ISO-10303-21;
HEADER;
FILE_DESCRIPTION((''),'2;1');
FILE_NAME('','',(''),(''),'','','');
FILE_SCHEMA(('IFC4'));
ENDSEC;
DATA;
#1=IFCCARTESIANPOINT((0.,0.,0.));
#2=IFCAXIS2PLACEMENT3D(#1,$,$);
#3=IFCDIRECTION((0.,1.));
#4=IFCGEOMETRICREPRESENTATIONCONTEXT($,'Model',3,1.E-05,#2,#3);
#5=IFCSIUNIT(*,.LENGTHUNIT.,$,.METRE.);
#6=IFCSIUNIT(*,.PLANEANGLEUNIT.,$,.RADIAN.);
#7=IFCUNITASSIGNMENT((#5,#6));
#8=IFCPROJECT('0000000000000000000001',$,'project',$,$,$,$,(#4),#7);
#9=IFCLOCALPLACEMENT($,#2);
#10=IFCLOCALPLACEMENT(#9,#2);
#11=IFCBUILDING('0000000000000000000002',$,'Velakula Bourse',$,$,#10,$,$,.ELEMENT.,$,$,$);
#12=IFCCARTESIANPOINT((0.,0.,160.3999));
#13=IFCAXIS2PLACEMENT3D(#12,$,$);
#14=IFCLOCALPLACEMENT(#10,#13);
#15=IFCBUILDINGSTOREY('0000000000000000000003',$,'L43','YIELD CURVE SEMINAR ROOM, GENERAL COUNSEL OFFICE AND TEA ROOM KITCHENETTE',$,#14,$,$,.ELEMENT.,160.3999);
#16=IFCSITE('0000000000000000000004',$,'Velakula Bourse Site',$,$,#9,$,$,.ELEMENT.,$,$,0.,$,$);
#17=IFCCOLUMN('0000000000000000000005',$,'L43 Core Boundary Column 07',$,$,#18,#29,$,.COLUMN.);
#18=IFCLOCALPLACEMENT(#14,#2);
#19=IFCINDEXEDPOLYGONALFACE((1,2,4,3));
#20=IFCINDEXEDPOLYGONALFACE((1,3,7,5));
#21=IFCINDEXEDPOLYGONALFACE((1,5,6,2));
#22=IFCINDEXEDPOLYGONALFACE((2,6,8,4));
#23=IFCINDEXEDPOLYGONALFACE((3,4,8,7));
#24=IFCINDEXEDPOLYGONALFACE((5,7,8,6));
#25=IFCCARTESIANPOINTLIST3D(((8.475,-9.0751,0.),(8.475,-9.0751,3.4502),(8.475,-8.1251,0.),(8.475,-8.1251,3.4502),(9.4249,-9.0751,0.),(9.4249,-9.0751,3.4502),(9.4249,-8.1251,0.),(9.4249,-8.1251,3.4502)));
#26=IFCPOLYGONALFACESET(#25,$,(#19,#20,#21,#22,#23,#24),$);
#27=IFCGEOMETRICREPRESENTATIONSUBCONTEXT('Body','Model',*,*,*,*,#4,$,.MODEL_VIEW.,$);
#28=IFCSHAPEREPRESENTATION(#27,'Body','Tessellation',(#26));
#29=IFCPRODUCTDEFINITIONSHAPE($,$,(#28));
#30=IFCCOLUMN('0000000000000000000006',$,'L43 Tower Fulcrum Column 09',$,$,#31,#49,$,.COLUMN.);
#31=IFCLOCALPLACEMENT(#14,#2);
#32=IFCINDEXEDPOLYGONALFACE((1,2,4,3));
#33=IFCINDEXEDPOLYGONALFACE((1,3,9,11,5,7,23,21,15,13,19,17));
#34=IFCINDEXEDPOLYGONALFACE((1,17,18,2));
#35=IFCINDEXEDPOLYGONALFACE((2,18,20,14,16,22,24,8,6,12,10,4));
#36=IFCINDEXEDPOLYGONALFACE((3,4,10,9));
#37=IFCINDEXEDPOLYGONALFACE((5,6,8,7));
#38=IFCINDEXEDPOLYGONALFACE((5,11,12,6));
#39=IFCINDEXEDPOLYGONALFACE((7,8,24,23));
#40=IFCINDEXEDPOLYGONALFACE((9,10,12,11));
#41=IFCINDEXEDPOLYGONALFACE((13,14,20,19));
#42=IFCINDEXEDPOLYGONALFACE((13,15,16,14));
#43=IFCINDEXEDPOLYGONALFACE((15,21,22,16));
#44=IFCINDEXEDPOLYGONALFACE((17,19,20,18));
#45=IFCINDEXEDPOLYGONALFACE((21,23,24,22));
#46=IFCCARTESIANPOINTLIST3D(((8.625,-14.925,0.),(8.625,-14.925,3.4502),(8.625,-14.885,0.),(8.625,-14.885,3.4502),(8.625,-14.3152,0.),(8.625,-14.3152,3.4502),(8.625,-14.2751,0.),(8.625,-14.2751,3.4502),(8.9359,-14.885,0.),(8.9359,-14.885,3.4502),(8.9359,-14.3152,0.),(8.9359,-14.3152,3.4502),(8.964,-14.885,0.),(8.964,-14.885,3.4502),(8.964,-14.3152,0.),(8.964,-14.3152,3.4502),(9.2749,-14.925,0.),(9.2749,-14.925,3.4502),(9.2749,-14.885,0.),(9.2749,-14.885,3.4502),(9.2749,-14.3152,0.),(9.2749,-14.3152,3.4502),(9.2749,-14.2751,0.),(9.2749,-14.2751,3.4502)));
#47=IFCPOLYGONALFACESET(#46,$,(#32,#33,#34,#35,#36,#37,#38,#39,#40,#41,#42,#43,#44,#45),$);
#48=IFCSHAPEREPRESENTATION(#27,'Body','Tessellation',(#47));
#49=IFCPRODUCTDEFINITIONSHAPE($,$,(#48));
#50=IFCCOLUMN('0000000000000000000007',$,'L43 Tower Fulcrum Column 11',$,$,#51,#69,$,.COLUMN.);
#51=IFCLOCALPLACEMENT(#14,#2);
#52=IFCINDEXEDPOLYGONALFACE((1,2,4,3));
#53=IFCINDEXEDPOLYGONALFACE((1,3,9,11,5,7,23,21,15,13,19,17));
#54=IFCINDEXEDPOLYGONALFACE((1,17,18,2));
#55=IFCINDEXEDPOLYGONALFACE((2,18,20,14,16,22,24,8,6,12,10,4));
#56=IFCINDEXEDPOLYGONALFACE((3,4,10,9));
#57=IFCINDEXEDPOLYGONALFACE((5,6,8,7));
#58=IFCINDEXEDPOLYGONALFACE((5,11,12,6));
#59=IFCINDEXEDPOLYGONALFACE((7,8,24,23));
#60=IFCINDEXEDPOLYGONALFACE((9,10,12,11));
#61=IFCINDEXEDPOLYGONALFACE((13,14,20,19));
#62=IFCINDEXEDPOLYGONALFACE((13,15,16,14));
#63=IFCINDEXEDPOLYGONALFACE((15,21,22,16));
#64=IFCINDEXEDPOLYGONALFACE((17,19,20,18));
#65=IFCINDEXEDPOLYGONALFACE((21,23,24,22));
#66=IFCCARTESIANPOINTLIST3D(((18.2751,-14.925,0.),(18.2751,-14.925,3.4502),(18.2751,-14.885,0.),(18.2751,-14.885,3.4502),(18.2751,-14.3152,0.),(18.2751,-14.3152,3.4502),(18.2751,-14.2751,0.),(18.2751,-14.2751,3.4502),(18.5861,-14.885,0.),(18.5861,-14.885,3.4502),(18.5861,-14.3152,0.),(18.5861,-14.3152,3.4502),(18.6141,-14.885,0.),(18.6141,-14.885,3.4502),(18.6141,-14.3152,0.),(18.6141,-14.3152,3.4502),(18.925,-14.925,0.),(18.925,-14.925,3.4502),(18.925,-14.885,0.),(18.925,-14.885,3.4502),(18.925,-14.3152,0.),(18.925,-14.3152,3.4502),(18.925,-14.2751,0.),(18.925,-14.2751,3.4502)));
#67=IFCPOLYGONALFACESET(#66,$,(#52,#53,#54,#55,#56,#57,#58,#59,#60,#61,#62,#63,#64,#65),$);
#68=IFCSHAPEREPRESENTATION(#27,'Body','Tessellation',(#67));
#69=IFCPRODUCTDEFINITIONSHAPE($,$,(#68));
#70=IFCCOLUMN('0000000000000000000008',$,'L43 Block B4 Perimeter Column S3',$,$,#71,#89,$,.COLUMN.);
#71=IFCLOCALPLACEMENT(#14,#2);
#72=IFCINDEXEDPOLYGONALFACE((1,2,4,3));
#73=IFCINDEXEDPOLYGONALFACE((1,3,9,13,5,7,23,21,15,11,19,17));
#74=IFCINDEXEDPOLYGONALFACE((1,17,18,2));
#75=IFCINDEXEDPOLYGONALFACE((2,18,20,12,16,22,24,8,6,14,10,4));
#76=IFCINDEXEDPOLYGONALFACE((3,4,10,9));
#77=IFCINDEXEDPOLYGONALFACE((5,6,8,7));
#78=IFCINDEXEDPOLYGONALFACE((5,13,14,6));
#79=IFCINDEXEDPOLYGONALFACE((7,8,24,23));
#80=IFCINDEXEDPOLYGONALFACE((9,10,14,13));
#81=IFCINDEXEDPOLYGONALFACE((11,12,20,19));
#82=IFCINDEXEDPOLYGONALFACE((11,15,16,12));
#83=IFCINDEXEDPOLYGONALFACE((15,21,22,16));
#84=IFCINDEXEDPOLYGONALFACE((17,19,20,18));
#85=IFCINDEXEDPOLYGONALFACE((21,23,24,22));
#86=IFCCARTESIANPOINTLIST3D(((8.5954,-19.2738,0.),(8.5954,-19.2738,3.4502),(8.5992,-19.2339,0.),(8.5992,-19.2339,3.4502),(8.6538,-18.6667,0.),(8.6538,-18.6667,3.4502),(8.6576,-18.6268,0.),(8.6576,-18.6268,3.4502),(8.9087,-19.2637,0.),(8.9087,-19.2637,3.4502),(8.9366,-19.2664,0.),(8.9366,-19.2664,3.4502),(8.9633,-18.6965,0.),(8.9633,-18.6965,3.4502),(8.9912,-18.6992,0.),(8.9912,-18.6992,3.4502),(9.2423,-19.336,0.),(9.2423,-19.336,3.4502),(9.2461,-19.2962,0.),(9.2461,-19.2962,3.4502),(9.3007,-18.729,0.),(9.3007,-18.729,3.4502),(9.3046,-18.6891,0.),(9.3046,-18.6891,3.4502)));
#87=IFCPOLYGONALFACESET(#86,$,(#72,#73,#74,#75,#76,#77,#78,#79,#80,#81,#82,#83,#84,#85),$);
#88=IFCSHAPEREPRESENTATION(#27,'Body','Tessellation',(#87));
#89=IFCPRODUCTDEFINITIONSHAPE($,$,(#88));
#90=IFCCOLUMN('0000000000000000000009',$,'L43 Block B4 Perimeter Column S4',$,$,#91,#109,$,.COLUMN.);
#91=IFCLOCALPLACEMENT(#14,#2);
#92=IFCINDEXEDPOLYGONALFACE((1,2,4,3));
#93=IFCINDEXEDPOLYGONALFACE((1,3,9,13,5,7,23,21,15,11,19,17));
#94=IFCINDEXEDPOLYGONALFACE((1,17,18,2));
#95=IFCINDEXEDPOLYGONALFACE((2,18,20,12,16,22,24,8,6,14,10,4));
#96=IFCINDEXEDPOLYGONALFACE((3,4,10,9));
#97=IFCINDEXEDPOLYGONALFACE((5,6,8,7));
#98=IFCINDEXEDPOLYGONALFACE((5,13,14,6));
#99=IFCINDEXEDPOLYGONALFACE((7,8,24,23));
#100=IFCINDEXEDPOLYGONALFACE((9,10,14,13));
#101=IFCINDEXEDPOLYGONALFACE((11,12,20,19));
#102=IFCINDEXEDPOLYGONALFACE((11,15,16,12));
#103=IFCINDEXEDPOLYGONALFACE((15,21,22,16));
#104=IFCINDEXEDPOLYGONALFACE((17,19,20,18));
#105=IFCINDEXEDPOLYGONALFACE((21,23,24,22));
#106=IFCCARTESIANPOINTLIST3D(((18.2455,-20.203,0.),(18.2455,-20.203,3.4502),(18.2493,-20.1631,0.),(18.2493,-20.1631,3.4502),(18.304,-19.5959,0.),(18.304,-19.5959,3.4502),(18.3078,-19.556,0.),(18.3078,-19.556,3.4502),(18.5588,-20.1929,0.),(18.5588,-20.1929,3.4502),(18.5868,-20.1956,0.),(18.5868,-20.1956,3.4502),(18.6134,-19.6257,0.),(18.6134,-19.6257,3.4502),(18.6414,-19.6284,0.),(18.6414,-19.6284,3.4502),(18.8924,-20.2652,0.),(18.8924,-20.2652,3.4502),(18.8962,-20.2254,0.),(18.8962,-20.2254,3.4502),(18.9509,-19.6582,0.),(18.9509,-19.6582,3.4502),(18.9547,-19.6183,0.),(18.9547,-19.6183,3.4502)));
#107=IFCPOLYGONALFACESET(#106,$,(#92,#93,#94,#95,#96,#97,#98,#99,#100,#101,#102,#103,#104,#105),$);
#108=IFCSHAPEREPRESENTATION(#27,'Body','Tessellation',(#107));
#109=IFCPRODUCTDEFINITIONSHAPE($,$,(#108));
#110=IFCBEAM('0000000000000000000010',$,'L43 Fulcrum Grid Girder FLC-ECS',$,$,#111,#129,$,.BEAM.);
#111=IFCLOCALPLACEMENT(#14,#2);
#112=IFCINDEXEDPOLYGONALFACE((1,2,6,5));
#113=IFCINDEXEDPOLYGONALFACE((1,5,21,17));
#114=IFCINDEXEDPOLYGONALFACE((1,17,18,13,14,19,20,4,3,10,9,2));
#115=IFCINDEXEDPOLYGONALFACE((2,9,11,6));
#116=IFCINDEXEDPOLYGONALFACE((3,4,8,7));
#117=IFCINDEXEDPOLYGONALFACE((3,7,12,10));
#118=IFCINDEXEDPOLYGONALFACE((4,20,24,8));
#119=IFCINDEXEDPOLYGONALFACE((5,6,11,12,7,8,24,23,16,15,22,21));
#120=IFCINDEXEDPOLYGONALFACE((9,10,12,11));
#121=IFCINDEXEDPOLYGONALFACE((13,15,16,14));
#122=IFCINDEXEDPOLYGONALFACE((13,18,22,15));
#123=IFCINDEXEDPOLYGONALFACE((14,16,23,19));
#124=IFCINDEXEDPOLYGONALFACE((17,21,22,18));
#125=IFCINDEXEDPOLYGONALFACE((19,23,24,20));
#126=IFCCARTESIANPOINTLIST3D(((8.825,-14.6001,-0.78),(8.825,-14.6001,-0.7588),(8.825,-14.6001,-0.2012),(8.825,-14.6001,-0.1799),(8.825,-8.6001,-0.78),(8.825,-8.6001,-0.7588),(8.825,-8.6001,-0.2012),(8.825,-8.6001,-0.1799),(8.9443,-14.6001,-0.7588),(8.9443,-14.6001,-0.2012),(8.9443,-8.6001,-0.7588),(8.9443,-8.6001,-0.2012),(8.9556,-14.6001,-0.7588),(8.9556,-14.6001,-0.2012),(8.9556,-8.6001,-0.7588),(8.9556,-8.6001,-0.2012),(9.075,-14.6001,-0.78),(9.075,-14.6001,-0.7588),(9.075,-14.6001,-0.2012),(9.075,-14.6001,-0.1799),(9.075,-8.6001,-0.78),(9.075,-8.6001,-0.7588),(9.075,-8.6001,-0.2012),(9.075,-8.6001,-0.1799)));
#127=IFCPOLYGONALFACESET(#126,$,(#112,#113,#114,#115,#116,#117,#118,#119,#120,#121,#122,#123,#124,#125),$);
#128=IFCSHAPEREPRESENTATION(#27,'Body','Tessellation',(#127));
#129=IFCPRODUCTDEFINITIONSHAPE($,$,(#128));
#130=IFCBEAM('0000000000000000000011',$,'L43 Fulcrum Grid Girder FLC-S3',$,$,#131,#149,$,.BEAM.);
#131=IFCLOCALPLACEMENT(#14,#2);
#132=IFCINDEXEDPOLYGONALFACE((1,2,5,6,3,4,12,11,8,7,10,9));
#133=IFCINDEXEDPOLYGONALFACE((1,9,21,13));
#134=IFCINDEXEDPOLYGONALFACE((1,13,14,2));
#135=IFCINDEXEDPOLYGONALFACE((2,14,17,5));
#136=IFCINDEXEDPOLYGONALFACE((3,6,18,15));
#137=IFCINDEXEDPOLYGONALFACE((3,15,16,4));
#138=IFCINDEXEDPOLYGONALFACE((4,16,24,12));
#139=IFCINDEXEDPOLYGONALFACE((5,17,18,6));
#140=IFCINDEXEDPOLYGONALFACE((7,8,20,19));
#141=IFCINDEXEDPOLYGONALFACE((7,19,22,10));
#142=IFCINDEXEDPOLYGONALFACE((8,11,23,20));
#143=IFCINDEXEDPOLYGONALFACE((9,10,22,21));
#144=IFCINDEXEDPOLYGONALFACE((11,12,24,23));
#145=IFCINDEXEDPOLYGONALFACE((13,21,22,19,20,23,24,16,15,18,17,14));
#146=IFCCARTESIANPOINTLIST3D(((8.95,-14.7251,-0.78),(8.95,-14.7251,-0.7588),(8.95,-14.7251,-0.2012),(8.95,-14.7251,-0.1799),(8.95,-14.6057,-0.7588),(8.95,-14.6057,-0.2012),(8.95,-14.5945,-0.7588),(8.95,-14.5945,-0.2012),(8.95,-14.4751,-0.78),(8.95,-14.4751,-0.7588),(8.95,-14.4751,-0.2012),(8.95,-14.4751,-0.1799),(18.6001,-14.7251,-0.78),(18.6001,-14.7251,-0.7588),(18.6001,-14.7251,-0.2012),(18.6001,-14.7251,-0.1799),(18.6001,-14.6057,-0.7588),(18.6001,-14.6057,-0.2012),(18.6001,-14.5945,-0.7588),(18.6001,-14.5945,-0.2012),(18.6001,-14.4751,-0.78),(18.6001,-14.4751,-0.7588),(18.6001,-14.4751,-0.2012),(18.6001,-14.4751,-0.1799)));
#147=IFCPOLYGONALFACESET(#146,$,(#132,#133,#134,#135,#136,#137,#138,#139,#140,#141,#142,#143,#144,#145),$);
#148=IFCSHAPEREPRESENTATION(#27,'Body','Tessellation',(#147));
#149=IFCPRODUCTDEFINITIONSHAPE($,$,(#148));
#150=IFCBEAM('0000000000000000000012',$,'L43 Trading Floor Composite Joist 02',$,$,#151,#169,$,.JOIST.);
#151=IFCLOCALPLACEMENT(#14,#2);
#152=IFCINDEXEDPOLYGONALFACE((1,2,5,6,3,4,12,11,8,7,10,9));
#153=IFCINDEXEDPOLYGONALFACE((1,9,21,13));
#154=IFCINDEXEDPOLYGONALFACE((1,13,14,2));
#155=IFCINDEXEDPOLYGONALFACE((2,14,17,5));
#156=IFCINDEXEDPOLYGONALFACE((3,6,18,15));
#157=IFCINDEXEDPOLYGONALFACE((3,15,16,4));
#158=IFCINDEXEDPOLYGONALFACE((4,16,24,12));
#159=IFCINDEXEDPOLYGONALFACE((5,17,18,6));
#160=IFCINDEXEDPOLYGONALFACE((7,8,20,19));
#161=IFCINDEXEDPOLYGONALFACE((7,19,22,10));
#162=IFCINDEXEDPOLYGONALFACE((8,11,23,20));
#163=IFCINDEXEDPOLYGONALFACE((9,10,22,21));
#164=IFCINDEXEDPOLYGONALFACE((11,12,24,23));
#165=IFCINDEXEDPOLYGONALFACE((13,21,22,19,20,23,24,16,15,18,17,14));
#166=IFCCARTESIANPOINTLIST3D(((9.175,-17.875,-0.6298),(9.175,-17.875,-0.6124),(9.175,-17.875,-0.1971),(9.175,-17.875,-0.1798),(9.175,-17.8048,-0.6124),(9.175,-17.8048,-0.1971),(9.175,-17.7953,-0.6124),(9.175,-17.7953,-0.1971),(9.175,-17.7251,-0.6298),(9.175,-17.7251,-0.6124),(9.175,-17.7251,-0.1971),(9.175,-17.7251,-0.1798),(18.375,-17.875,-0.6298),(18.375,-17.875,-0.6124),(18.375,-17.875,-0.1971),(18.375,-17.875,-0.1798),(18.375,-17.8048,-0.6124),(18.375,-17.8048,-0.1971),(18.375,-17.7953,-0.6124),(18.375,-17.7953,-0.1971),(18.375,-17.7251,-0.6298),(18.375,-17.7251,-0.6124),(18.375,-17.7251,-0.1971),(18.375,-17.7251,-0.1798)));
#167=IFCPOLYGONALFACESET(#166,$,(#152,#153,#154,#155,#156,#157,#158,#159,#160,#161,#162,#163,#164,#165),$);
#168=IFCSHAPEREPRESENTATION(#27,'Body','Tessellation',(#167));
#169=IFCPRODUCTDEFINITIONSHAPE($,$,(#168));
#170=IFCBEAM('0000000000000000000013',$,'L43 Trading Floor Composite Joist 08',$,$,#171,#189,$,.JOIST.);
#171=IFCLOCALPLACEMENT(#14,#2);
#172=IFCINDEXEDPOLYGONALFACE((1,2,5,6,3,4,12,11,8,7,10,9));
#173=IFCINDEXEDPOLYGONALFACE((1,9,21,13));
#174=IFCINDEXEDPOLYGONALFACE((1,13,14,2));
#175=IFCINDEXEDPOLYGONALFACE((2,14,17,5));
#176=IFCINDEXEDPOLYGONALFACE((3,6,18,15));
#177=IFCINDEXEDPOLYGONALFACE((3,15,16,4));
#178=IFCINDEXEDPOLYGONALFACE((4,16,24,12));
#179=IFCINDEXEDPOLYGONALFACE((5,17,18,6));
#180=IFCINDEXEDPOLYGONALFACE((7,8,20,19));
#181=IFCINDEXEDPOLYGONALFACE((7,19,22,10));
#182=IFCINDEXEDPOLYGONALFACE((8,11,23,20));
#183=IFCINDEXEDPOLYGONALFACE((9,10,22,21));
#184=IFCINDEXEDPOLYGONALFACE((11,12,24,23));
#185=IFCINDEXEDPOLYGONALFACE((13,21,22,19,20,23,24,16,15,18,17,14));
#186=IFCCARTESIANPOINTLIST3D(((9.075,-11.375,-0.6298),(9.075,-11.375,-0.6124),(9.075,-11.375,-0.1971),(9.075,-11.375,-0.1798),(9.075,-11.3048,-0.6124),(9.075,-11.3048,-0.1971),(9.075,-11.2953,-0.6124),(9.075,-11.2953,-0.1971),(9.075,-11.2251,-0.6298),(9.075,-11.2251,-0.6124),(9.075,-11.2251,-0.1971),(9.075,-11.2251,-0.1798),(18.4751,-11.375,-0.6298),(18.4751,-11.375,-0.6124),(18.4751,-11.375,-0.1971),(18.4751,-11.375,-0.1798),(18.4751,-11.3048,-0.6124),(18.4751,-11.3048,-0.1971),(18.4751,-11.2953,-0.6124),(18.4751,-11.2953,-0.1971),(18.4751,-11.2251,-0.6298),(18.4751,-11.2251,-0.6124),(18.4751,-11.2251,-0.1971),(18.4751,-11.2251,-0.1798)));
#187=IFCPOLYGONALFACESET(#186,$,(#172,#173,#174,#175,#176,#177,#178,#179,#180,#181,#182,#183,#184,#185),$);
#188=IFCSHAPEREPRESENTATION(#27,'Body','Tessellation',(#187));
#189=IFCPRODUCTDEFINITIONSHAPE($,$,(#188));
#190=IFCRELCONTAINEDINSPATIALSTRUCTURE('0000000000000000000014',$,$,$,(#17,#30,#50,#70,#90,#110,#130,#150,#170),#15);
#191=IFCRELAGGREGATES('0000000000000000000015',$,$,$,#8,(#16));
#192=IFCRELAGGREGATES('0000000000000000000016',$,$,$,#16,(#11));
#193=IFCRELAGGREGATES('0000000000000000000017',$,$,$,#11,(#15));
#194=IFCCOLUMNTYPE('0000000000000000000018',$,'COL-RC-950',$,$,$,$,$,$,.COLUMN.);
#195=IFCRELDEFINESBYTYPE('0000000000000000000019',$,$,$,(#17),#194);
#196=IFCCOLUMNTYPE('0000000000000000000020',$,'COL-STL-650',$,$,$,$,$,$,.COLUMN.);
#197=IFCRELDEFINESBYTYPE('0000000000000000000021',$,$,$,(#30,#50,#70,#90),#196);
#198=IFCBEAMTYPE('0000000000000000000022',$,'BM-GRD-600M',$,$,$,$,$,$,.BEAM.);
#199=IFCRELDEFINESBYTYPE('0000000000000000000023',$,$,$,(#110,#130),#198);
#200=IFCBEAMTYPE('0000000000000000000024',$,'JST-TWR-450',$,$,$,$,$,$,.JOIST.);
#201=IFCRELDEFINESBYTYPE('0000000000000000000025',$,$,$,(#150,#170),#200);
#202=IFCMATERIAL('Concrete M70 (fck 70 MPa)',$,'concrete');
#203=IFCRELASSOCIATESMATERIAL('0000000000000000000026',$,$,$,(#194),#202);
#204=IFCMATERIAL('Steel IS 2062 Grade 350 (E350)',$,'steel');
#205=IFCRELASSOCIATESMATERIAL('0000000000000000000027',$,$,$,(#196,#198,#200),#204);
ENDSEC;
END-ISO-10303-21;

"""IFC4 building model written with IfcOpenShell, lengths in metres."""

from ifc_helpers import new_model, si_unit, direction, frame, origin, origin_2d, place, context, subcontext, project, spatial, rectangle, i_section, extrude, material, material_profile, profile_set, type_object, element, save


model = new_model("IFC4")

# Units and contexts
model_context = context("Model", 3, precision=1e-05, world=origin(), true_north=direction((0.0, 1.0)))
body_context = subcontext(model_context, "Body", "Model", "MODEL_VIEW")
ifc_project = project(units=[si_unit("LENGTHUNIT", "METRE"), si_unit("PLANEANGLEUNIT", "RADIAN")], contexts=[model_context])

# Site, building, storey
site_placement = place(None, origin())
site = spatial("IfcSite", under=ifc_project, at=site_placement, Name="Velakula Bourse Site", CompositionType="ELEMENT", RefElevation=0.0)
building_placement = place(site_placement, origin())
building = spatial("IfcBuilding", under=site, at=building_placement, Name="Velakula Bourse", CompositionType="ELEMENT")
storey_placement = place(building_placement, frame((0.0, 0.0, 160.3999)))
storey = spatial("IfcBuildingStorey", under=building, at=storey_placement, Name="L43", Description="YIELD CURVE SEMINAR ROOM, GENERAL COUNSEL OFFICE AND TEA ROOM KITCHENETTE", CompositionType="ELEMENT", Elevation=160.3999)

# Columns
ifc_material_1 = material(Name="Concrete M70 (fck 70 MPa)", Category="concrete")
ifc_material_profile_1 = material_profile(ifc_material_1, rectangle(XDim=0.95, YDim=0.95, at=origin_2d()), Name="Concrete M70 (fck 70 MPa)")
ifc_profile_set_1 = profile_set([ifc_material_profile_1], Name="Concrete M70 (fck 70 MPa)")
column_type_1 = type_object("IfcColumnType", Name="COL-RC-950", PredefinedType="COLUMN", material=ifc_profile_set_1)
column_placement = place(storey_placement, frame((8.95, -8.6001, 0.0), z_axis=(0.0, 0.0, 1.0), x_axis=(1.0, 0.0, 0.0)))
element("IfcColumn", 1, at=column_placement, inside=storey, type_object=column_type_1, Name="L43 Core Boundary Column 07", PredefinedType="COLUMN", context=body_context, shape_type="SweptSolid", body=[
    extrude(rectangle(XDim=0.95, YDim=0.95, at=origin_2d()), origin(), (0.0, 0.0, 1.0), 3.4502),
])
ifc_material_2 = material(Name="Steel IS 2062 Grade 350 (E350)", Category="steel")
ifc_material_profile_2 = material_profile(ifc_material_2, i_section(OverallWidth=0.6499, OverallDepth=0.6499, WebThickness=0.0281, FlangeThickness=0.04, at=origin_2d()), Name="Steel IS 2062 Grade 350 (E350)")
ifc_profile_set_2 = profile_set([ifc_material_profile_2], Name="Steel IS 2062 Grade 350 (E350)")
column_type_2 = type_object("IfcColumnType", Name="COL-STL-650", PredefinedType="COLUMN", material=ifc_profile_set_2)
for number, where, z_axis, x_axis, name in (
    (2, (8.95, -14.6001, 0.0), (0.0, 0.0, 1.0), (1.0, 0.0, 0.0), "L43 Tower Fulcrum Column 09"),
    (3, (18.6001, -14.6001, 0.0), (0.0, 0.0, 1.0), (1.0, 0.0, 0.0), "L43 Tower Fulcrum Column 11"),
    (4, (8.95, -18.9814, 0.0), (0.0, 0.0, 1.0), (0.995396, -0.095846, 0.0), "L43 Block B4 Perimeter Column S3"),
    (5, (18.6001, -19.9106, 0.0), (0.0, 0.0, 1.0), (0.995396, -0.095846, 0.0), "L43 Block B4 Perimeter Column S4"),
):
    element("IfcColumn", number, at=place(storey_placement, frame(where, z_axis=z_axis, x_axis=x_axis)), inside=storey, type_object=column_type_2, Name=name, PredefinedType="COLUMN", context=body_context, shape_type="SweptSolid", body=[
        extrude(i_section(OverallWidth=0.6499, OverallDepth=0.6499, WebThickness=0.0281, FlangeThickness=0.04, at=origin_2d()), origin(), (0.0, 0.0, 1.0), 3.4502),
    ])

# Beams
ifc_material_profile_3 = material_profile(ifc_material_2, i_section(OverallWidth=0.25, OverallDepth=0.6001, WebThickness=0.0112, FlangeThickness=0.0212, at=origin_2d()), Name="Steel IS 2062 Grade 350 (E350)")
ifc_profile_set_3 = profile_set([ifc_material_profile_3], Name="Steel IS 2062 Grade 350 (E350)")
beam_type_1 = type_object("IfcBeamType", Name="BM-GRD-600M", PredefinedType="BEAM", material=ifc_profile_set_3)
beam_1_placement = place(storey_placement, frame((8.95, -14.6001, -0.48), z_axis=(0.0, 1.0, 0.0), x_axis=(-1.0, 0.0, 0.0)))
element("IfcBeam", 6, at=beam_1_placement, inside=storey, type_object=beam_type_1, Name="L43 Fulcrum Grid Girder FLC-ECS", PredefinedType="BEAM", context=body_context, shape_type="SweptSolid", body=[
    extrude(i_section(OverallWidth=0.25, OverallDepth=0.6001, WebThickness=0.0112, FlangeThickness=0.0212, at=origin_2d()), origin(), (0.0, 0.0, 1.0), 6.0),
])
beam_2_placement = place(storey_placement, frame((8.95, -14.6001, -0.48), z_axis=(1.0, 0.0, 0.0), x_axis=(0.0, 1.0, 0.0)))
element("IfcBeam", 7, at=beam_2_placement, inside=storey, type_object=beam_type_1, Name="L43 Fulcrum Grid Girder FLC-S3", PredefinedType="BEAM", context=body_context, shape_type="SweptSolid", body=[
    extrude(i_section(OverallWidth=0.25, OverallDepth=0.6001, WebThickness=0.0112, FlangeThickness=0.0212, at=origin_2d()), origin(), (0.0, 0.0, 1.0), 9.6501),
])
ifc_material_profile_4 = material_profile(ifc_material_2, i_section(OverallWidth=0.1499, OverallDepth=0.45, WebThickness=0.0095, FlangeThickness=0.0173, at=origin_2d()), Name="Steel IS 2062 Grade 350 (E350)")
ifc_profile_set_4 = profile_set([ifc_material_profile_4], Name="Steel IS 2062 Grade 350 (E350)")
beam_type_2 = type_object("IfcBeamType", Name="JST-TWR-450", PredefinedType="JOIST", material=ifc_profile_set_4)
beam_3_placement = place(storey_placement, frame((9.175, -17.8, -0.4048), z_axis=(1.0, 0.0, 0.0), x_axis=(0.0, 1.0, 0.0)))
element("IfcBeam", 8, at=beam_3_placement, inside=storey, type_object=beam_type_2, Name="L43 Trading Floor Composite Joist 02", PredefinedType="JOIST", context=body_context, shape_type="SweptSolid", body=[
    extrude(i_section(OverallWidth=0.1499, OverallDepth=0.45, WebThickness=0.0095, FlangeThickness=0.0173, at=origin_2d()), origin(), (0.0, 0.0, 1.0), 9.2),
])
beam_4_placement = place(storey_placement, frame((9.075, -11.3, -0.4048), z_axis=(1.0, 0.0, 0.0), x_axis=(0.0, 1.0, 0.0)))
element("IfcBeam", 9, at=beam_4_placement, inside=storey, type_object=beam_type_2, Name="L43 Trading Floor Composite Joist 08", PredefinedType="JOIST", context=body_context, shape_type="SweptSolid", body=[
    extrude(i_section(OverallWidth=0.1499, OverallDepth=0.45, WebThickness=0.0095, FlangeThickness=0.0173, at=origin_2d()), origin(), (0.0, 0.0, 1.0), 9.4001),
])

save(model, "model.ifc")
